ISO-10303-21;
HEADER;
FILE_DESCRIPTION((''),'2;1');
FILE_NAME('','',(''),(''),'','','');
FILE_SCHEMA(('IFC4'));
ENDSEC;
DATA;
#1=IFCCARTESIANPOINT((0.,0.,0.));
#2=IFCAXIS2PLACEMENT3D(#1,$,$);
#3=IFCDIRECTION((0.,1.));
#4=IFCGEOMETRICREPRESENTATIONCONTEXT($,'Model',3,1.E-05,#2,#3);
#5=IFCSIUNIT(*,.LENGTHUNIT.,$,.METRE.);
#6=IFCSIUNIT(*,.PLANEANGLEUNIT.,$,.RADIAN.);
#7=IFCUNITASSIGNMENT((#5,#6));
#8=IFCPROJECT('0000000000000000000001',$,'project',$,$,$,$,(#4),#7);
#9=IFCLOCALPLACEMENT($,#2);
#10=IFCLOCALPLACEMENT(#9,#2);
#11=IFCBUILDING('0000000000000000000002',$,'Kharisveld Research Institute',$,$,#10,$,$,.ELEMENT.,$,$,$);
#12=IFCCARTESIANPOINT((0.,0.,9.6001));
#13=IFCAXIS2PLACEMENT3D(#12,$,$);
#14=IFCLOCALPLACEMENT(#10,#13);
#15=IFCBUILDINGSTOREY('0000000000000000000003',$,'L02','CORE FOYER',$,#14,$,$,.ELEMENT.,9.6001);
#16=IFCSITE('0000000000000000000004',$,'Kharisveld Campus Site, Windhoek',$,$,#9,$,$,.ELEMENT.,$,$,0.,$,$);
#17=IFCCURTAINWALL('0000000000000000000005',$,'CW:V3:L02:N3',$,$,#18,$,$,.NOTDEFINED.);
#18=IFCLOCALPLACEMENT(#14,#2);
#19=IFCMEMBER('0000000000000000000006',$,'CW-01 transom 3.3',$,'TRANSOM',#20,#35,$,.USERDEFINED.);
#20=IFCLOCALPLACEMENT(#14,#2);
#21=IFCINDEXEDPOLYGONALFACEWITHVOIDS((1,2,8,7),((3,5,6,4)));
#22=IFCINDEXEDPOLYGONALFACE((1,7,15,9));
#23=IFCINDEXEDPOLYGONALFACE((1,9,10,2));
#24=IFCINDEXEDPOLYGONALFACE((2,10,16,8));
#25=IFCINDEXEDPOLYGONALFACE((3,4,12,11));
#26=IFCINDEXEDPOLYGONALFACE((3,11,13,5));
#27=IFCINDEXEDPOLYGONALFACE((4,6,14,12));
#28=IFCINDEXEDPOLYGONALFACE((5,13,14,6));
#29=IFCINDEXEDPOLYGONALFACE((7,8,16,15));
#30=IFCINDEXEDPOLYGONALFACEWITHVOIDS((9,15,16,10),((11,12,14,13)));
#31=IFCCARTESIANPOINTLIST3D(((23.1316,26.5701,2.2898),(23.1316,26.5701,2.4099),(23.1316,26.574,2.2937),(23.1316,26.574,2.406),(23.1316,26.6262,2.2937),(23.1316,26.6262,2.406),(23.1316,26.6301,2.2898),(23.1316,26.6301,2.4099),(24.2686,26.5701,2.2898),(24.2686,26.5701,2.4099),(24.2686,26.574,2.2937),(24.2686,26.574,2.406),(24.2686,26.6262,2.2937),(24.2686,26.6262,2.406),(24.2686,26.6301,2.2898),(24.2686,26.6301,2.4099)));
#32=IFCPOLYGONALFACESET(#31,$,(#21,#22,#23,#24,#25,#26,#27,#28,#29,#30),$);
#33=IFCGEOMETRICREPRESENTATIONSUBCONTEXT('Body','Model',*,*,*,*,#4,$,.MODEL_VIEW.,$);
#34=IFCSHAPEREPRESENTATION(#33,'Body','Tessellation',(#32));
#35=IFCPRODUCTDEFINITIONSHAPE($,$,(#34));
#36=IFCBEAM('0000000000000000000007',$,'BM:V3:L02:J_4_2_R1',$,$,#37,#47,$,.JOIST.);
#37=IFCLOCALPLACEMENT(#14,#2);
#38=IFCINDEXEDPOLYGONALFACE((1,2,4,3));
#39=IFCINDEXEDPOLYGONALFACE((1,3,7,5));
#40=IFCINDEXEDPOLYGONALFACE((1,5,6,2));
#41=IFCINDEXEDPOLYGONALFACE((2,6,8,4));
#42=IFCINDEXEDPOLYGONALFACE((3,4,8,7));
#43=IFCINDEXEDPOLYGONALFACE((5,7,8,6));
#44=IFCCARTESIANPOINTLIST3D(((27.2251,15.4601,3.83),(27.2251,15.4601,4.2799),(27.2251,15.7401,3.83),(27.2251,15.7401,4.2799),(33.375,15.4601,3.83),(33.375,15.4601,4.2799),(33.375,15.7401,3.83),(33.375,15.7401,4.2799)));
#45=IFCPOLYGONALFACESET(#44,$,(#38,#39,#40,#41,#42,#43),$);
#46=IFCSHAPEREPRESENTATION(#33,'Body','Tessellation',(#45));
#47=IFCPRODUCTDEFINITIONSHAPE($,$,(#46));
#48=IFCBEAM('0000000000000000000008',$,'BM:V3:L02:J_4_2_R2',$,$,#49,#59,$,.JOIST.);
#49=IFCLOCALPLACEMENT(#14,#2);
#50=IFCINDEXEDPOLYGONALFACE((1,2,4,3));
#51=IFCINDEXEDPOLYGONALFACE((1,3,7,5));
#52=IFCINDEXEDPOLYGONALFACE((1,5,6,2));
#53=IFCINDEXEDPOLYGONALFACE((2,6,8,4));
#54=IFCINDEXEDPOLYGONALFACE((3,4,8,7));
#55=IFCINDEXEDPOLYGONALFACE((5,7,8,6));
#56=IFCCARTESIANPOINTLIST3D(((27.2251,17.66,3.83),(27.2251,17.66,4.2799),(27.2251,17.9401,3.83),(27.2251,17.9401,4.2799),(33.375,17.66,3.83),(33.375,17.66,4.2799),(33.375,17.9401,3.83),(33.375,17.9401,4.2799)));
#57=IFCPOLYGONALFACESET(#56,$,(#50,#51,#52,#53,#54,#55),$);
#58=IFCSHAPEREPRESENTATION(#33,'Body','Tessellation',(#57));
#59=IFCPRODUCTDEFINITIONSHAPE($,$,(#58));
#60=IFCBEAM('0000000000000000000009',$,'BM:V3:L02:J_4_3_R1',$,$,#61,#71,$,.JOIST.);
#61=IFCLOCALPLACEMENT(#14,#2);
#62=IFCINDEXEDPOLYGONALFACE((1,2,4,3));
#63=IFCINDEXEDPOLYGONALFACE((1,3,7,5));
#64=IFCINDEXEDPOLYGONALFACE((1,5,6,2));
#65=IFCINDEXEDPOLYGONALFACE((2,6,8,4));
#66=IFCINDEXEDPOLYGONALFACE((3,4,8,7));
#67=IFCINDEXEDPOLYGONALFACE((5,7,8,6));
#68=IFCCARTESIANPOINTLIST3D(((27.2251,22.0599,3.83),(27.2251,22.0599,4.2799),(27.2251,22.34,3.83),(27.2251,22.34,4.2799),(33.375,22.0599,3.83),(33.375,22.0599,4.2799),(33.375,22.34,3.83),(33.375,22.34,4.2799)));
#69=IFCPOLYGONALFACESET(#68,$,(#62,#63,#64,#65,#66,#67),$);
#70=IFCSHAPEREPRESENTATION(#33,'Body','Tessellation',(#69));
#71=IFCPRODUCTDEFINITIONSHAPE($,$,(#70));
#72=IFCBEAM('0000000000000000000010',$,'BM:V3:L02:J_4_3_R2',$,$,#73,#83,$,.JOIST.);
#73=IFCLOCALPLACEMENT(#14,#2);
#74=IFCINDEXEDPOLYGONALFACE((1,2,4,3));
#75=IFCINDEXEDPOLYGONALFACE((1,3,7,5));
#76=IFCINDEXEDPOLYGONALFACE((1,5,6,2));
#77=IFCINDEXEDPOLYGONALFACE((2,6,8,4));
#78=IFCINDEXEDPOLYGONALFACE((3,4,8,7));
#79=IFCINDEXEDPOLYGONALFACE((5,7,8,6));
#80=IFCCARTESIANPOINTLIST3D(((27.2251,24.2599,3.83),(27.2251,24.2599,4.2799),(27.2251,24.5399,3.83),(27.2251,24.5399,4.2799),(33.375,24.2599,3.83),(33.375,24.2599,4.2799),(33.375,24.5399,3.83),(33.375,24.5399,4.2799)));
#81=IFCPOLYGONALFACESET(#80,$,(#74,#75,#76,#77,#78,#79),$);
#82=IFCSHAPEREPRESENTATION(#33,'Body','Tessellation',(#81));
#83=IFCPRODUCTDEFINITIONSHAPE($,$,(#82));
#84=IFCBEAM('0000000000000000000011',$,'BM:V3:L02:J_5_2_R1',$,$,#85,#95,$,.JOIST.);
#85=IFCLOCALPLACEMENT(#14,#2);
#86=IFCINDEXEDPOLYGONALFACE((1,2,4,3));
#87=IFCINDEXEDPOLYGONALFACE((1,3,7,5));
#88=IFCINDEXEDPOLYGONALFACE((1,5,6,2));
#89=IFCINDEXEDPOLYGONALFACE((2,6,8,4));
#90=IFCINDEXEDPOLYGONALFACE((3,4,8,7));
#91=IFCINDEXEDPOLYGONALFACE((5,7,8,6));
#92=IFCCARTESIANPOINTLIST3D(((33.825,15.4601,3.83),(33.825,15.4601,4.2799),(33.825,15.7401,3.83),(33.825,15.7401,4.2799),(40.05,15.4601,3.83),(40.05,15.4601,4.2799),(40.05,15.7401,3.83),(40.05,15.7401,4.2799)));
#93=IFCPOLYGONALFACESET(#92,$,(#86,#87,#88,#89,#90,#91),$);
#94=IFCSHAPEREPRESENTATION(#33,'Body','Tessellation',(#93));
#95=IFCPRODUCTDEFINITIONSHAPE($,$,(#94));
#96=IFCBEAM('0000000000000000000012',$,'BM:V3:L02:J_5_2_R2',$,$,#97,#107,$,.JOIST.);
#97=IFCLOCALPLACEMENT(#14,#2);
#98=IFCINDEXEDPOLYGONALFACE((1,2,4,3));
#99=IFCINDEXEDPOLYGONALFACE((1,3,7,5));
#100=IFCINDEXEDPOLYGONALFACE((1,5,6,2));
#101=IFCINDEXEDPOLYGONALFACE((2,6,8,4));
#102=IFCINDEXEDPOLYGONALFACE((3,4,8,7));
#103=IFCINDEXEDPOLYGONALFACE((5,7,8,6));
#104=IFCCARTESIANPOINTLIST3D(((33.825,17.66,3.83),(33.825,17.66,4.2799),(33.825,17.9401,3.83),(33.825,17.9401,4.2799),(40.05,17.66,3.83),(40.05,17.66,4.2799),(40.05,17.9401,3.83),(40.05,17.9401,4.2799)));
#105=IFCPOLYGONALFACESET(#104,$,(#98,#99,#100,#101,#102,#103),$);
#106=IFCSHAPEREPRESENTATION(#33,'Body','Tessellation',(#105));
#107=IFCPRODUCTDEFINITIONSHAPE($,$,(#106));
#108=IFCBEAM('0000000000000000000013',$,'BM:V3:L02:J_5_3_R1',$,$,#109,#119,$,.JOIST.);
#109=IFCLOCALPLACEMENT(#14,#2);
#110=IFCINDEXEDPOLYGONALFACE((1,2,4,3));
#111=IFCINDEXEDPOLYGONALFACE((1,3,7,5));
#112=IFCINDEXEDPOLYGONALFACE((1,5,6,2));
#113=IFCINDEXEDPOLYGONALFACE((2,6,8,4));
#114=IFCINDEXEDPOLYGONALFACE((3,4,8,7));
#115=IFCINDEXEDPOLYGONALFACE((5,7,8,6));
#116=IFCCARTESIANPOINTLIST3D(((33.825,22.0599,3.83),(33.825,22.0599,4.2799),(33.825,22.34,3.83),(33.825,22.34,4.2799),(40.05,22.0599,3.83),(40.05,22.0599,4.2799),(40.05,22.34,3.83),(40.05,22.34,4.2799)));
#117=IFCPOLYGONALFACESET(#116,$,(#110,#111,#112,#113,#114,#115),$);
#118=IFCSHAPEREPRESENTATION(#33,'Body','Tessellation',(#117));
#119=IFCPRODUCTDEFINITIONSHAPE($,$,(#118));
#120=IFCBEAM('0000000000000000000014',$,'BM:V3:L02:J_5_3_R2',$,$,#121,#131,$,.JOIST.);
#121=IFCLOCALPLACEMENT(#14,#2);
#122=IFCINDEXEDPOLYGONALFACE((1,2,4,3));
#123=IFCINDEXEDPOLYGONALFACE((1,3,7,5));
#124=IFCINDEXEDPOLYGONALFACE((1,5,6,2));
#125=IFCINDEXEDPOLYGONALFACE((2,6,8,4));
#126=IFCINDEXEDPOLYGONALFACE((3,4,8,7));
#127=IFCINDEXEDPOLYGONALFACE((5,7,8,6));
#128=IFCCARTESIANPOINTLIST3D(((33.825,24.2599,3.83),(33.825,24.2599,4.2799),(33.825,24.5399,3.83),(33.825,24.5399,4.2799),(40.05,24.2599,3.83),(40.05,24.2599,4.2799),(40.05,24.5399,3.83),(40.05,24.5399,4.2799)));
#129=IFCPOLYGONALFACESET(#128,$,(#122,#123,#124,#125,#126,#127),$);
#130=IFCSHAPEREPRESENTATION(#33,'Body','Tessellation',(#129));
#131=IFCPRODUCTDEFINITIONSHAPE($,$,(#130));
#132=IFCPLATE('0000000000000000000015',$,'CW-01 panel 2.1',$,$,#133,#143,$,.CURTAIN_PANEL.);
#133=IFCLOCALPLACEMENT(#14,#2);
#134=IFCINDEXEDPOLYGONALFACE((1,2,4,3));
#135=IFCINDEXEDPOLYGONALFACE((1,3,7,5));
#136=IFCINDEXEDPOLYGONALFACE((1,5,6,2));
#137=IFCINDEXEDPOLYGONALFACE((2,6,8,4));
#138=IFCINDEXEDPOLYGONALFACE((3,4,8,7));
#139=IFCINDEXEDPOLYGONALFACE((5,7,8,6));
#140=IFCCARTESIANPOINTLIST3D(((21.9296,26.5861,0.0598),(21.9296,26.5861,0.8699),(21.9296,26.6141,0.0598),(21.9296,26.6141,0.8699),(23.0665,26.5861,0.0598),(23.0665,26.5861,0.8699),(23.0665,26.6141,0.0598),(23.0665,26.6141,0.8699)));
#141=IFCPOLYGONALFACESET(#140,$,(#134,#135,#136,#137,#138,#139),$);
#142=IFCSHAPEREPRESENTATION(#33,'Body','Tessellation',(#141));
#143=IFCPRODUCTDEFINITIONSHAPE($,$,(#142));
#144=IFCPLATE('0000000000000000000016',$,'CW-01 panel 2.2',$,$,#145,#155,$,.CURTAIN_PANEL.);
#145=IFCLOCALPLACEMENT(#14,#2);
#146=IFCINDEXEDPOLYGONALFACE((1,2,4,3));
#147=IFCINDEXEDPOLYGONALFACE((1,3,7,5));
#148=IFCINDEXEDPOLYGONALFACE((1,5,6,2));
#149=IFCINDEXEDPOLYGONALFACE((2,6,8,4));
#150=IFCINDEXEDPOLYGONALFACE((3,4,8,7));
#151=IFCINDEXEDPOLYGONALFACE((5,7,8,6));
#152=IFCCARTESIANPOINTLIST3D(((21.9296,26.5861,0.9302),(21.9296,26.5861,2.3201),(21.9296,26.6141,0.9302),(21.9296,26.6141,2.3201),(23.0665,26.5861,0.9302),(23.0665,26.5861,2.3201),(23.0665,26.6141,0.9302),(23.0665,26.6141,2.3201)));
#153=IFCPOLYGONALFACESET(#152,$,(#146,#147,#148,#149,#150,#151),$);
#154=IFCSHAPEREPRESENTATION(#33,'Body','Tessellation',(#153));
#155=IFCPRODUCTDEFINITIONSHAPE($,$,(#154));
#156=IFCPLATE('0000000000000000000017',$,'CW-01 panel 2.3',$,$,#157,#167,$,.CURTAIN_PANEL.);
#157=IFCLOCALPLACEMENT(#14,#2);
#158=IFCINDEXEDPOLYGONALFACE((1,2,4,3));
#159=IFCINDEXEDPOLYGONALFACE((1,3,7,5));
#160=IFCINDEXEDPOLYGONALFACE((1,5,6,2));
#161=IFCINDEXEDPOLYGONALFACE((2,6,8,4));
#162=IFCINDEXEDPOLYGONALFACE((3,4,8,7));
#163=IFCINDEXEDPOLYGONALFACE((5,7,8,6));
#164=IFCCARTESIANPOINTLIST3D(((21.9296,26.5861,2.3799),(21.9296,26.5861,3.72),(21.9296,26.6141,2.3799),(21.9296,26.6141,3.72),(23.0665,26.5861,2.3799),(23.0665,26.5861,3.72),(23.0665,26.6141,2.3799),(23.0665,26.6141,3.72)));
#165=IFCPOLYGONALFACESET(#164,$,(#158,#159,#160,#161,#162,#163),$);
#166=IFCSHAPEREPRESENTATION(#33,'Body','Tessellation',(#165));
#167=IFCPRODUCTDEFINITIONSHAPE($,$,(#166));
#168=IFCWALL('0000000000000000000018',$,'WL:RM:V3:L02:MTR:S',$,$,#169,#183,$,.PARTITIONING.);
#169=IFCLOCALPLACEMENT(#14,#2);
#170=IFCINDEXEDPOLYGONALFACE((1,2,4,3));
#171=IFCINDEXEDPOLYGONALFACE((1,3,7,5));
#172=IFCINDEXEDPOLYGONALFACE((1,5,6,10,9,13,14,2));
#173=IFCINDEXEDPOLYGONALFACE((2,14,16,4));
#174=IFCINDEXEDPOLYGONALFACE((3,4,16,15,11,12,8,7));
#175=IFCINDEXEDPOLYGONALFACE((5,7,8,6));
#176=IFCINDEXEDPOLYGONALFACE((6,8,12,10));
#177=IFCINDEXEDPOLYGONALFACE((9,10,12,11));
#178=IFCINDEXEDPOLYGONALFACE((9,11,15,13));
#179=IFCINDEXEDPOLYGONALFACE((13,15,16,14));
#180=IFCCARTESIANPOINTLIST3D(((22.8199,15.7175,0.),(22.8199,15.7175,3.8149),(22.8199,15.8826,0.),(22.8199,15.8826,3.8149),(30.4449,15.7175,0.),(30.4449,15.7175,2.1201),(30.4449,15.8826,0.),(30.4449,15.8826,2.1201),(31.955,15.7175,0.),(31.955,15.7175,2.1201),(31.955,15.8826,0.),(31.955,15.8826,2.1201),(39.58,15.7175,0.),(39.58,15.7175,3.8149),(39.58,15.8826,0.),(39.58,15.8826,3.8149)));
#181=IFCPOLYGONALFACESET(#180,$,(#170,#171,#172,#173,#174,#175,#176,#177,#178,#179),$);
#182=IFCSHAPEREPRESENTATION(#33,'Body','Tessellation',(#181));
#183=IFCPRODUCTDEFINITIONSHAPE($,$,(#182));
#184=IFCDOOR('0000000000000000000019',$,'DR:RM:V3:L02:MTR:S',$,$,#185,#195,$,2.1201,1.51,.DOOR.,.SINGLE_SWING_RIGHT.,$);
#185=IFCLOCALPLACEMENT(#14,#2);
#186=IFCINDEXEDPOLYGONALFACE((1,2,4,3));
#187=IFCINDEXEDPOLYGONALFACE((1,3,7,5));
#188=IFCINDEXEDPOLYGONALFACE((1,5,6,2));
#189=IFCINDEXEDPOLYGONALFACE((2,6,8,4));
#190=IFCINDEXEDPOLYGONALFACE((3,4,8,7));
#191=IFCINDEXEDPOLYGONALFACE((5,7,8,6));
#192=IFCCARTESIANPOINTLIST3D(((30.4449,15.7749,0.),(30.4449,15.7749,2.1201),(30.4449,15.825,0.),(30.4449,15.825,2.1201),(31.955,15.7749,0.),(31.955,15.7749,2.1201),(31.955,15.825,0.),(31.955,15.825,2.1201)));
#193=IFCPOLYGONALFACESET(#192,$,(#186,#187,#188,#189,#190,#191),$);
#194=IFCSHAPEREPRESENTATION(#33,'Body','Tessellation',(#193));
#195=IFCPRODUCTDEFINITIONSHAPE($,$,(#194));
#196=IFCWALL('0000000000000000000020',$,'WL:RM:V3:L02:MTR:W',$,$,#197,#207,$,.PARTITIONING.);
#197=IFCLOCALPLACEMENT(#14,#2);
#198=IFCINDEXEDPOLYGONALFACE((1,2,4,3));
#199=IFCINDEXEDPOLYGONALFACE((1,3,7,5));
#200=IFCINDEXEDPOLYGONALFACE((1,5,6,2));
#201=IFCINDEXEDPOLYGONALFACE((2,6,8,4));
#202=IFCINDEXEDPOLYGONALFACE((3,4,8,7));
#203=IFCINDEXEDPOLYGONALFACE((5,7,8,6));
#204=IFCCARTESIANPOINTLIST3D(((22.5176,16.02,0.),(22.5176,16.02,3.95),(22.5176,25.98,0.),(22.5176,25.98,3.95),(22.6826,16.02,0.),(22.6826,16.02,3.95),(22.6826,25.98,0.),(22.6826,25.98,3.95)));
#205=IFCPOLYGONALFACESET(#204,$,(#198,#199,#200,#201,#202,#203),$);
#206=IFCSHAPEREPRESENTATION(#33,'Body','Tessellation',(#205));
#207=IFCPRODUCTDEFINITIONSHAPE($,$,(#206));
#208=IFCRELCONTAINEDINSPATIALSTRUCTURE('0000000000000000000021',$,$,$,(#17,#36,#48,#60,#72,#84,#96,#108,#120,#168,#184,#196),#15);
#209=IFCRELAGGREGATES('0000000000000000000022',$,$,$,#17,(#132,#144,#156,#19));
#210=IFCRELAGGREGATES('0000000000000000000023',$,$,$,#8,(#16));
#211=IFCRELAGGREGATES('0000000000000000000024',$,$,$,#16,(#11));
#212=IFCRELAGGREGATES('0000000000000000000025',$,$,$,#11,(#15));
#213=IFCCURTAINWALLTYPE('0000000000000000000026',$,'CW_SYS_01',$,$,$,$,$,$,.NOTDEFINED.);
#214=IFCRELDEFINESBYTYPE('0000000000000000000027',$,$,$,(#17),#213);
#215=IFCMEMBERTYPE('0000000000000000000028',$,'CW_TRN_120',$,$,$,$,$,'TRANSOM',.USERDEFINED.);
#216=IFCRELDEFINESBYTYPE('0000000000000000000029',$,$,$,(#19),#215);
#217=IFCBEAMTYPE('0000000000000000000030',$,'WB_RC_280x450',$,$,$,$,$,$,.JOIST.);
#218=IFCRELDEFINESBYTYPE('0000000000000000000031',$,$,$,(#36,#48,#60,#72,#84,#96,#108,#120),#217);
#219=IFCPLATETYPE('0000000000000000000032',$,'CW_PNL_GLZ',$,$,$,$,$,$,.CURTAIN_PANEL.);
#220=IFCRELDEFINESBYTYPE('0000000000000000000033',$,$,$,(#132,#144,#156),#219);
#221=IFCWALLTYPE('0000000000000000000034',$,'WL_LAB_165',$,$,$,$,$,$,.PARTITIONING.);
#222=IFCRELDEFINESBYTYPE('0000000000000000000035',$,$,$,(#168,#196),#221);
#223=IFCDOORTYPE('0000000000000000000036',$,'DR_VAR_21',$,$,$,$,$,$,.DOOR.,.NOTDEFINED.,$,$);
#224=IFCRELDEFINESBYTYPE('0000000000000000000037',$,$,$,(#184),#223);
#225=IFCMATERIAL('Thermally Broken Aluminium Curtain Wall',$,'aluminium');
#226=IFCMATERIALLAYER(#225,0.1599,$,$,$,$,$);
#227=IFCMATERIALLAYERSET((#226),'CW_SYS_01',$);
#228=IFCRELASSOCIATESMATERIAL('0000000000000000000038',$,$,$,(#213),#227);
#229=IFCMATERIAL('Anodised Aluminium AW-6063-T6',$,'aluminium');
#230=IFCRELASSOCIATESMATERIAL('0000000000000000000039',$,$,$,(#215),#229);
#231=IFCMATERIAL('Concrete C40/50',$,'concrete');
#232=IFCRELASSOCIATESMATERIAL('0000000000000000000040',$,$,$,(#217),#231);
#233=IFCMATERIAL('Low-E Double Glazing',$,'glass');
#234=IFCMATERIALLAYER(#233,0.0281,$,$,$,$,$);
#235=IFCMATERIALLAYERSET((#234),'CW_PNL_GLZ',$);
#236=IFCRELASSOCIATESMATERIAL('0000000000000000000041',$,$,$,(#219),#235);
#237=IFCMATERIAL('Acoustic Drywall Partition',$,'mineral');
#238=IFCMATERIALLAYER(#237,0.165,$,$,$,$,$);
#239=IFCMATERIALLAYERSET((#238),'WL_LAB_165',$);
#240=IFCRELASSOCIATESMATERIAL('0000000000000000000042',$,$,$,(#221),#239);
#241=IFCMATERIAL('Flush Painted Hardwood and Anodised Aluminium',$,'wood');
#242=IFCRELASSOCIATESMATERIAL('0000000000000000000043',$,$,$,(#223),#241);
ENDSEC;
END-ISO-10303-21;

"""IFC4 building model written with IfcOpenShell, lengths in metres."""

from ifc_helpers import new_model, si_unit, direction, frame, frame_2d, origin, origin_2d, place, context, subcontext, project, spatial, rectangle, hollow_rectangle, extrude, material, layer, layer_set, material_profile, profile_set, type_object, element, fill, aggregate, save


model = new_model("IFC4")

# Units and contexts
model_context = context("Model", 3, precision=1e-05, world=origin(), true_north=direction((0.0, 1.0)))
body_context = subcontext(model_context, "Body", "Model", "MODEL_VIEW")
ifc_project = project(units=[si_unit("LENGTHUNIT", "METRE"), si_unit("PLANEANGLEUNIT", "RADIAN")], contexts=[model_context])

# Site, building, storey
site_placement = place(None, origin())
site = spatial("IfcSite", under=ifc_project, at=site_placement, Name="Kharisveld Campus Site, Windhoek", CompositionType="ELEMENT", RefElevation=0.0)
building_placement = place(site_placement, origin())
building = spatial("IfcBuilding", under=site, at=building_placement, Name="Kharisveld Research Institute", CompositionType="ELEMENT")
storey_placement = place(building_placement, frame((0.0, 0.0, 9.6001)))
storey = spatial("IfcBuildingStorey", under=building, at=storey_placement, Name="L02", Description="CORE FOYER", CompositionType="ELEMENT", Elevation=9.6001)

# Curtain wall, member
ifc_material_1 = material(Name="Thermally Broken Aluminium Curtain Wall", Category="aluminium")
ifc_layer_1 = layer(ifc_material_1, 0.1599)
ifc_layer_set_1 = layer_set([ifc_layer_1], Name="CW_SYS_01")
curtain_wall_type = type_object("IfcCurtainWallType", Name="CW_SYS_01", PredefinedType="NOTDEFINED", material=ifc_layer_set_1)
curtain_wall_placement = place(storey_placement, origin())
curtain_wall = element("IfcCurtainWall", 1, at=curtain_wall_placement, inside=storey, type_object=curtain_wall_type, Name="CW:V3:L02:N3", PredefinedType="NOTDEFINED")
ifc_material_2 = material(Name="Anodised Aluminium AW-6063-T6", Category="aluminium")
ifc_material_profile_1 = material_profile(ifc_material_2, hollow_rectangle(XDim=0.0601, YDim=0.1201, WallThickness=0.0039, at=origin_2d()))
ifc_profile_set_1 = profile_set([ifc_material_profile_1], Name="Anodised Aluminium AW-6063-T6")
member_type_1 = type_object("IfcMemberType", Name="CW_TRN_120", ElementType="TRANSOM", PredefinedType="USERDEFINED", material=ifc_profile_set_1)
member_1_placement = place(storey_placement, frame((23.1316, 26.6001, 2.3499), z_axis=(1.0, 0.0, 0.0), x_axis=(0.0, 1.0, 0.0)))
member_1 = element("IfcMember", 2, at=member_1_placement, type_object=member_type_1, Name="CW-01 transom 3.3", ObjectType="TRANSOM", PredefinedType="USERDEFINED", context=body_context, shape_type="SweptSolid", body=[
    extrude(hollow_rectangle(XDim=0.0601, YDim=0.1201, WallThickness=0.0039, at=origin_2d()), origin(), (0.0, 0.0, 1.0), 1.137),
])

# Beams
ifc_material_3 = material(Name="Concrete C40/50", Category="concrete")
ifc_material_profile_2 = material_profile(ifc_material_3, rectangle(XDim=0.28, YDim=0.45, at=origin_2d()))
ifc_profile_set_2 = profile_set([ifc_material_profile_2], Name="Concrete C40/50")
beam_type_1 = type_object("IfcBeamType", Name="WB_RC_280x450", PredefinedType="JOIST", material=ifc_profile_set_2)
for number, where, z_axis, x_axis, name in (
    (3, (27.2251, 15.6001, 4.0549), (1.0, 0.0, 0.0), (0.0, 1.0, 0.0), "BM:V3:L02:J_4_2_R1"),
    (4, (27.2251, 17.8, 4.0549), (1.0, 0.0, 0.0), (0.0, 1.0, 0.0), "BM:V3:L02:J_4_2_R2"),
    (5, (27.2251, 22.2, 4.0549), (1.0, 0.0, 0.0), (0.0, 1.0, 0.0), "BM:V3:L02:J_4_3_R1"),
    (6, (27.2251, 24.3999, 4.0549), (1.0, 0.0, 0.0), (0.0, 1.0, 0.0), "BM:V3:L02:J_4_3_R2"),
):
    element("IfcBeam", number, at=place(storey_placement, frame(where, z_axis=z_axis, x_axis=x_axis)), inside=storey, type_object=beam_type_1, Name=name, PredefinedType="JOIST", context=body_context, shape_type="SweptSolid", body=[
        extrude(rectangle(XDim=0.28, YDim=0.45, at=origin_2d()), origin(), (0.0, 0.0, 1.0), 6.1499),
    ])
for number, where, z_axis, x_axis, name in (
    (7, (33.825, 15.6001, 4.0549), (1.0, 0.0, 0.0), (0.0, 1.0, 0.0), "BM:V3:L02:J_5_2_R1"),
    (8, (33.825, 17.8, 4.0549), (1.0, 0.0, 0.0), (0.0, 1.0, 0.0), "BM:V3:L02:J_5_2_R2"),
    (9, (33.825, 22.2, 4.0549), (1.0, 0.0, 0.0), (0.0, 1.0, 0.0), "BM:V3:L02:J_5_3_R1"),
    (10, (33.825, 24.3999, 4.0549), (1.0, 0.0, 0.0), (0.0, 1.0, 0.0), "BM:V3:L02:J_5_3_R2"),
):
    element("IfcBeam", number, at=place(storey_placement, frame(where, z_axis=z_axis, x_axis=x_axis)), inside=storey, type_object=beam_type_1, Name=name, PredefinedType="JOIST", context=body_context, shape_type="SweptSolid", body=[
        extrude(rectangle(XDim=0.28, YDim=0.45, at=origin_2d()), origin(), (0.0, 0.0, 1.0), 6.2251),
    ])

# Plates
ifc_material_4 = material(Name="Low-E Double Glazing", Category="glass")
ifc_layer_2 = layer(ifc_material_4, 0.0281)
ifc_layer_set_2 = layer_set([ifc_layer_2], Name="CW_PNL_GLZ")
plate_type = type_object("IfcPlateType", Name="CW_PNL_GLZ", PredefinedType="CURTAIN_PANEL", material=ifc_layer_set_2)
plate_1_placement = place(storey_placement, frame((22.498, 26.6001, 0.0598), z_axis=(0.0, 0.0, 1.0), x_axis=(1.0, 0.0, 0.0)))
plate_1 = element("IfcPlate", 11, at=plate_1_placement, type_object=plate_type, Name="CW-01 panel 2.1", PredefinedType="CURTAIN_PANEL", context=body_context, shape_type="SweptSolid", body=[
    extrude(rectangle(XDim=1.137, YDim=0.0281, at=origin_2d()), origin(), (0.0, 0.0, 1.0), 0.8101),
])
plate_2_placement = place(storey_placement, frame((22.498, 26.6001, 0.9302), z_axis=(0.0, 0.0, 1.0), x_axis=(1.0, 0.0, 0.0)))
plate_2 = element("IfcPlate", 12, at=plate_2_placement, type_object=plate_type, Name="CW-01 panel 2.2", PredefinedType="CURTAIN_PANEL", context=body_context, shape_type="SweptSolid", body=[
    extrude(rectangle(XDim=1.137, YDim=0.0281, at=origin_2d()), origin(), (0.0, 0.0, 1.0), 1.3899),
])
plate_3_placement = place(storey_placement, frame((22.498, 26.6001, 2.3799), z_axis=(0.0, 0.0, 1.0), x_axis=(1.0, 0.0, 0.0)))
plate_3 = element("IfcPlate", 13, at=plate_3_placement, type_object=plate_type, Name="CW-01 panel 2.3", PredefinedType="CURTAIN_PANEL", context=body_context, shape_type="SweptSolid", body=[
    extrude(rectangle(XDim=1.137, YDim=0.0281, at=origin_2d()), origin(), (0.0, 0.0, 1.0), 1.3401),
])
aggregate(curtain_wall, [plate_1, plate_2, plate_3, member_1])

# Wall, opening, door
ifc_material_5 = material(Name="Acoustic Drywall Partition", Category="mineral")
ifc_layer_3 = layer(ifc_material_5, 0.165)
ifc_layer_set_3 = layer_set([ifc_layer_3], Name="WL_LAB_165")
wall_type = type_object("IfcWallType", Name="WL_LAB_165", PredefinedType="PARTITIONING", material=ifc_layer_set_3)
wall_1_placement = place(storey_placement, frame((22.8201, 15.8, 0.0), z_axis=(0.0, 0.0, 1.0), x_axis=(1.0, 0.0, 0.0)))
wall_1 = element("IfcWall", 14, at=wall_1_placement, inside=storey, type_object=wall_type, Name="WL:RM:V3:L02:MTR:S", PredefinedType="PARTITIONING", context=body_context, shape_type="SweptSolid", body=[
    extrude(rectangle(XDim=16.76, YDim=0.165, at=frame_2d((8.3799, 0.0))), origin(), (0.0, 0.0, 1.0), 3.8149),
])
opening_1_placement = place(wall_1_placement, frame((7.625, 0.0, 0.0)))
opening_1 = element("IfcOpeningElement", 15, at=opening_1_placement, cuts=wall_1, PredefinedType="OPENING", context=body_context, shape_type="SweptSolid", body=[
    extrude(rectangle(XDim=1.51, YDim=2.1201, at=frame_2d((0.7549, 1.0601))), frame((0.0, 0.0825, 0.0), z_axis=(0.0, -1.0, 0.0), x_axis=(1.0, 0.0, 0.0)), (0.0, 0.0, 1.0), 0.165),
])
ifc_material_6 = material(Name="Flush Painted Hardwood and Anodised Aluminium", Category="wood")
door_type_1 = type_object("IfcDoorType", Name="DR_VAR_21", OperationType="NOTDEFINED", PredefinedType="DOOR", material=ifc_material_6)
door_1_placement = place(opening_1_placement, origin())
door_1 = element("IfcDoor", 16, at=door_1_placement, inside=storey, type_object=door_type_1, Name="DR:RM:V3:L02:MTR:S", OperationType="SINGLE_SWING_RIGHT", OverallHeight=2.1201, OverallWidth=1.51, PredefinedType="DOOR", context=body_context, shape_type="SweptSolid", body=[
    extrude(rectangle(XDim=1.51, YDim=2.1201, at=frame_2d((0.7549, 1.0601))), frame((0.0, 0.0249, 0.0), z_axis=(0.0, -1.0, 0.0), x_axis=(1.0, 0.0, 0.0)), (0.0, 0.0, 1.0), 0.05),
])
fill(opening_1, door_1)

# Wall
wall_2_placement = place(storey_placement, frame((22.6001, 25.98, 0.0), z_axis=(0.0, 0.0, 1.0), x_axis=(0.0, -1.0, 0.0)))
element("IfcWall", 17, at=wall_2_placement, inside=storey, type_object=wall_type, Name="WL:RM:V3:L02:MTR:W", PredefinedType="PARTITIONING", context=body_context, shape_type="SweptSolid", body=[
    extrude(rectangle(XDim=9.96, YDim=0.165, at=frame_2d((4.98, 0.0))), origin(), (0.0, 0.0, 1.0), 3.95),
])

save(model, "model.ifc")
